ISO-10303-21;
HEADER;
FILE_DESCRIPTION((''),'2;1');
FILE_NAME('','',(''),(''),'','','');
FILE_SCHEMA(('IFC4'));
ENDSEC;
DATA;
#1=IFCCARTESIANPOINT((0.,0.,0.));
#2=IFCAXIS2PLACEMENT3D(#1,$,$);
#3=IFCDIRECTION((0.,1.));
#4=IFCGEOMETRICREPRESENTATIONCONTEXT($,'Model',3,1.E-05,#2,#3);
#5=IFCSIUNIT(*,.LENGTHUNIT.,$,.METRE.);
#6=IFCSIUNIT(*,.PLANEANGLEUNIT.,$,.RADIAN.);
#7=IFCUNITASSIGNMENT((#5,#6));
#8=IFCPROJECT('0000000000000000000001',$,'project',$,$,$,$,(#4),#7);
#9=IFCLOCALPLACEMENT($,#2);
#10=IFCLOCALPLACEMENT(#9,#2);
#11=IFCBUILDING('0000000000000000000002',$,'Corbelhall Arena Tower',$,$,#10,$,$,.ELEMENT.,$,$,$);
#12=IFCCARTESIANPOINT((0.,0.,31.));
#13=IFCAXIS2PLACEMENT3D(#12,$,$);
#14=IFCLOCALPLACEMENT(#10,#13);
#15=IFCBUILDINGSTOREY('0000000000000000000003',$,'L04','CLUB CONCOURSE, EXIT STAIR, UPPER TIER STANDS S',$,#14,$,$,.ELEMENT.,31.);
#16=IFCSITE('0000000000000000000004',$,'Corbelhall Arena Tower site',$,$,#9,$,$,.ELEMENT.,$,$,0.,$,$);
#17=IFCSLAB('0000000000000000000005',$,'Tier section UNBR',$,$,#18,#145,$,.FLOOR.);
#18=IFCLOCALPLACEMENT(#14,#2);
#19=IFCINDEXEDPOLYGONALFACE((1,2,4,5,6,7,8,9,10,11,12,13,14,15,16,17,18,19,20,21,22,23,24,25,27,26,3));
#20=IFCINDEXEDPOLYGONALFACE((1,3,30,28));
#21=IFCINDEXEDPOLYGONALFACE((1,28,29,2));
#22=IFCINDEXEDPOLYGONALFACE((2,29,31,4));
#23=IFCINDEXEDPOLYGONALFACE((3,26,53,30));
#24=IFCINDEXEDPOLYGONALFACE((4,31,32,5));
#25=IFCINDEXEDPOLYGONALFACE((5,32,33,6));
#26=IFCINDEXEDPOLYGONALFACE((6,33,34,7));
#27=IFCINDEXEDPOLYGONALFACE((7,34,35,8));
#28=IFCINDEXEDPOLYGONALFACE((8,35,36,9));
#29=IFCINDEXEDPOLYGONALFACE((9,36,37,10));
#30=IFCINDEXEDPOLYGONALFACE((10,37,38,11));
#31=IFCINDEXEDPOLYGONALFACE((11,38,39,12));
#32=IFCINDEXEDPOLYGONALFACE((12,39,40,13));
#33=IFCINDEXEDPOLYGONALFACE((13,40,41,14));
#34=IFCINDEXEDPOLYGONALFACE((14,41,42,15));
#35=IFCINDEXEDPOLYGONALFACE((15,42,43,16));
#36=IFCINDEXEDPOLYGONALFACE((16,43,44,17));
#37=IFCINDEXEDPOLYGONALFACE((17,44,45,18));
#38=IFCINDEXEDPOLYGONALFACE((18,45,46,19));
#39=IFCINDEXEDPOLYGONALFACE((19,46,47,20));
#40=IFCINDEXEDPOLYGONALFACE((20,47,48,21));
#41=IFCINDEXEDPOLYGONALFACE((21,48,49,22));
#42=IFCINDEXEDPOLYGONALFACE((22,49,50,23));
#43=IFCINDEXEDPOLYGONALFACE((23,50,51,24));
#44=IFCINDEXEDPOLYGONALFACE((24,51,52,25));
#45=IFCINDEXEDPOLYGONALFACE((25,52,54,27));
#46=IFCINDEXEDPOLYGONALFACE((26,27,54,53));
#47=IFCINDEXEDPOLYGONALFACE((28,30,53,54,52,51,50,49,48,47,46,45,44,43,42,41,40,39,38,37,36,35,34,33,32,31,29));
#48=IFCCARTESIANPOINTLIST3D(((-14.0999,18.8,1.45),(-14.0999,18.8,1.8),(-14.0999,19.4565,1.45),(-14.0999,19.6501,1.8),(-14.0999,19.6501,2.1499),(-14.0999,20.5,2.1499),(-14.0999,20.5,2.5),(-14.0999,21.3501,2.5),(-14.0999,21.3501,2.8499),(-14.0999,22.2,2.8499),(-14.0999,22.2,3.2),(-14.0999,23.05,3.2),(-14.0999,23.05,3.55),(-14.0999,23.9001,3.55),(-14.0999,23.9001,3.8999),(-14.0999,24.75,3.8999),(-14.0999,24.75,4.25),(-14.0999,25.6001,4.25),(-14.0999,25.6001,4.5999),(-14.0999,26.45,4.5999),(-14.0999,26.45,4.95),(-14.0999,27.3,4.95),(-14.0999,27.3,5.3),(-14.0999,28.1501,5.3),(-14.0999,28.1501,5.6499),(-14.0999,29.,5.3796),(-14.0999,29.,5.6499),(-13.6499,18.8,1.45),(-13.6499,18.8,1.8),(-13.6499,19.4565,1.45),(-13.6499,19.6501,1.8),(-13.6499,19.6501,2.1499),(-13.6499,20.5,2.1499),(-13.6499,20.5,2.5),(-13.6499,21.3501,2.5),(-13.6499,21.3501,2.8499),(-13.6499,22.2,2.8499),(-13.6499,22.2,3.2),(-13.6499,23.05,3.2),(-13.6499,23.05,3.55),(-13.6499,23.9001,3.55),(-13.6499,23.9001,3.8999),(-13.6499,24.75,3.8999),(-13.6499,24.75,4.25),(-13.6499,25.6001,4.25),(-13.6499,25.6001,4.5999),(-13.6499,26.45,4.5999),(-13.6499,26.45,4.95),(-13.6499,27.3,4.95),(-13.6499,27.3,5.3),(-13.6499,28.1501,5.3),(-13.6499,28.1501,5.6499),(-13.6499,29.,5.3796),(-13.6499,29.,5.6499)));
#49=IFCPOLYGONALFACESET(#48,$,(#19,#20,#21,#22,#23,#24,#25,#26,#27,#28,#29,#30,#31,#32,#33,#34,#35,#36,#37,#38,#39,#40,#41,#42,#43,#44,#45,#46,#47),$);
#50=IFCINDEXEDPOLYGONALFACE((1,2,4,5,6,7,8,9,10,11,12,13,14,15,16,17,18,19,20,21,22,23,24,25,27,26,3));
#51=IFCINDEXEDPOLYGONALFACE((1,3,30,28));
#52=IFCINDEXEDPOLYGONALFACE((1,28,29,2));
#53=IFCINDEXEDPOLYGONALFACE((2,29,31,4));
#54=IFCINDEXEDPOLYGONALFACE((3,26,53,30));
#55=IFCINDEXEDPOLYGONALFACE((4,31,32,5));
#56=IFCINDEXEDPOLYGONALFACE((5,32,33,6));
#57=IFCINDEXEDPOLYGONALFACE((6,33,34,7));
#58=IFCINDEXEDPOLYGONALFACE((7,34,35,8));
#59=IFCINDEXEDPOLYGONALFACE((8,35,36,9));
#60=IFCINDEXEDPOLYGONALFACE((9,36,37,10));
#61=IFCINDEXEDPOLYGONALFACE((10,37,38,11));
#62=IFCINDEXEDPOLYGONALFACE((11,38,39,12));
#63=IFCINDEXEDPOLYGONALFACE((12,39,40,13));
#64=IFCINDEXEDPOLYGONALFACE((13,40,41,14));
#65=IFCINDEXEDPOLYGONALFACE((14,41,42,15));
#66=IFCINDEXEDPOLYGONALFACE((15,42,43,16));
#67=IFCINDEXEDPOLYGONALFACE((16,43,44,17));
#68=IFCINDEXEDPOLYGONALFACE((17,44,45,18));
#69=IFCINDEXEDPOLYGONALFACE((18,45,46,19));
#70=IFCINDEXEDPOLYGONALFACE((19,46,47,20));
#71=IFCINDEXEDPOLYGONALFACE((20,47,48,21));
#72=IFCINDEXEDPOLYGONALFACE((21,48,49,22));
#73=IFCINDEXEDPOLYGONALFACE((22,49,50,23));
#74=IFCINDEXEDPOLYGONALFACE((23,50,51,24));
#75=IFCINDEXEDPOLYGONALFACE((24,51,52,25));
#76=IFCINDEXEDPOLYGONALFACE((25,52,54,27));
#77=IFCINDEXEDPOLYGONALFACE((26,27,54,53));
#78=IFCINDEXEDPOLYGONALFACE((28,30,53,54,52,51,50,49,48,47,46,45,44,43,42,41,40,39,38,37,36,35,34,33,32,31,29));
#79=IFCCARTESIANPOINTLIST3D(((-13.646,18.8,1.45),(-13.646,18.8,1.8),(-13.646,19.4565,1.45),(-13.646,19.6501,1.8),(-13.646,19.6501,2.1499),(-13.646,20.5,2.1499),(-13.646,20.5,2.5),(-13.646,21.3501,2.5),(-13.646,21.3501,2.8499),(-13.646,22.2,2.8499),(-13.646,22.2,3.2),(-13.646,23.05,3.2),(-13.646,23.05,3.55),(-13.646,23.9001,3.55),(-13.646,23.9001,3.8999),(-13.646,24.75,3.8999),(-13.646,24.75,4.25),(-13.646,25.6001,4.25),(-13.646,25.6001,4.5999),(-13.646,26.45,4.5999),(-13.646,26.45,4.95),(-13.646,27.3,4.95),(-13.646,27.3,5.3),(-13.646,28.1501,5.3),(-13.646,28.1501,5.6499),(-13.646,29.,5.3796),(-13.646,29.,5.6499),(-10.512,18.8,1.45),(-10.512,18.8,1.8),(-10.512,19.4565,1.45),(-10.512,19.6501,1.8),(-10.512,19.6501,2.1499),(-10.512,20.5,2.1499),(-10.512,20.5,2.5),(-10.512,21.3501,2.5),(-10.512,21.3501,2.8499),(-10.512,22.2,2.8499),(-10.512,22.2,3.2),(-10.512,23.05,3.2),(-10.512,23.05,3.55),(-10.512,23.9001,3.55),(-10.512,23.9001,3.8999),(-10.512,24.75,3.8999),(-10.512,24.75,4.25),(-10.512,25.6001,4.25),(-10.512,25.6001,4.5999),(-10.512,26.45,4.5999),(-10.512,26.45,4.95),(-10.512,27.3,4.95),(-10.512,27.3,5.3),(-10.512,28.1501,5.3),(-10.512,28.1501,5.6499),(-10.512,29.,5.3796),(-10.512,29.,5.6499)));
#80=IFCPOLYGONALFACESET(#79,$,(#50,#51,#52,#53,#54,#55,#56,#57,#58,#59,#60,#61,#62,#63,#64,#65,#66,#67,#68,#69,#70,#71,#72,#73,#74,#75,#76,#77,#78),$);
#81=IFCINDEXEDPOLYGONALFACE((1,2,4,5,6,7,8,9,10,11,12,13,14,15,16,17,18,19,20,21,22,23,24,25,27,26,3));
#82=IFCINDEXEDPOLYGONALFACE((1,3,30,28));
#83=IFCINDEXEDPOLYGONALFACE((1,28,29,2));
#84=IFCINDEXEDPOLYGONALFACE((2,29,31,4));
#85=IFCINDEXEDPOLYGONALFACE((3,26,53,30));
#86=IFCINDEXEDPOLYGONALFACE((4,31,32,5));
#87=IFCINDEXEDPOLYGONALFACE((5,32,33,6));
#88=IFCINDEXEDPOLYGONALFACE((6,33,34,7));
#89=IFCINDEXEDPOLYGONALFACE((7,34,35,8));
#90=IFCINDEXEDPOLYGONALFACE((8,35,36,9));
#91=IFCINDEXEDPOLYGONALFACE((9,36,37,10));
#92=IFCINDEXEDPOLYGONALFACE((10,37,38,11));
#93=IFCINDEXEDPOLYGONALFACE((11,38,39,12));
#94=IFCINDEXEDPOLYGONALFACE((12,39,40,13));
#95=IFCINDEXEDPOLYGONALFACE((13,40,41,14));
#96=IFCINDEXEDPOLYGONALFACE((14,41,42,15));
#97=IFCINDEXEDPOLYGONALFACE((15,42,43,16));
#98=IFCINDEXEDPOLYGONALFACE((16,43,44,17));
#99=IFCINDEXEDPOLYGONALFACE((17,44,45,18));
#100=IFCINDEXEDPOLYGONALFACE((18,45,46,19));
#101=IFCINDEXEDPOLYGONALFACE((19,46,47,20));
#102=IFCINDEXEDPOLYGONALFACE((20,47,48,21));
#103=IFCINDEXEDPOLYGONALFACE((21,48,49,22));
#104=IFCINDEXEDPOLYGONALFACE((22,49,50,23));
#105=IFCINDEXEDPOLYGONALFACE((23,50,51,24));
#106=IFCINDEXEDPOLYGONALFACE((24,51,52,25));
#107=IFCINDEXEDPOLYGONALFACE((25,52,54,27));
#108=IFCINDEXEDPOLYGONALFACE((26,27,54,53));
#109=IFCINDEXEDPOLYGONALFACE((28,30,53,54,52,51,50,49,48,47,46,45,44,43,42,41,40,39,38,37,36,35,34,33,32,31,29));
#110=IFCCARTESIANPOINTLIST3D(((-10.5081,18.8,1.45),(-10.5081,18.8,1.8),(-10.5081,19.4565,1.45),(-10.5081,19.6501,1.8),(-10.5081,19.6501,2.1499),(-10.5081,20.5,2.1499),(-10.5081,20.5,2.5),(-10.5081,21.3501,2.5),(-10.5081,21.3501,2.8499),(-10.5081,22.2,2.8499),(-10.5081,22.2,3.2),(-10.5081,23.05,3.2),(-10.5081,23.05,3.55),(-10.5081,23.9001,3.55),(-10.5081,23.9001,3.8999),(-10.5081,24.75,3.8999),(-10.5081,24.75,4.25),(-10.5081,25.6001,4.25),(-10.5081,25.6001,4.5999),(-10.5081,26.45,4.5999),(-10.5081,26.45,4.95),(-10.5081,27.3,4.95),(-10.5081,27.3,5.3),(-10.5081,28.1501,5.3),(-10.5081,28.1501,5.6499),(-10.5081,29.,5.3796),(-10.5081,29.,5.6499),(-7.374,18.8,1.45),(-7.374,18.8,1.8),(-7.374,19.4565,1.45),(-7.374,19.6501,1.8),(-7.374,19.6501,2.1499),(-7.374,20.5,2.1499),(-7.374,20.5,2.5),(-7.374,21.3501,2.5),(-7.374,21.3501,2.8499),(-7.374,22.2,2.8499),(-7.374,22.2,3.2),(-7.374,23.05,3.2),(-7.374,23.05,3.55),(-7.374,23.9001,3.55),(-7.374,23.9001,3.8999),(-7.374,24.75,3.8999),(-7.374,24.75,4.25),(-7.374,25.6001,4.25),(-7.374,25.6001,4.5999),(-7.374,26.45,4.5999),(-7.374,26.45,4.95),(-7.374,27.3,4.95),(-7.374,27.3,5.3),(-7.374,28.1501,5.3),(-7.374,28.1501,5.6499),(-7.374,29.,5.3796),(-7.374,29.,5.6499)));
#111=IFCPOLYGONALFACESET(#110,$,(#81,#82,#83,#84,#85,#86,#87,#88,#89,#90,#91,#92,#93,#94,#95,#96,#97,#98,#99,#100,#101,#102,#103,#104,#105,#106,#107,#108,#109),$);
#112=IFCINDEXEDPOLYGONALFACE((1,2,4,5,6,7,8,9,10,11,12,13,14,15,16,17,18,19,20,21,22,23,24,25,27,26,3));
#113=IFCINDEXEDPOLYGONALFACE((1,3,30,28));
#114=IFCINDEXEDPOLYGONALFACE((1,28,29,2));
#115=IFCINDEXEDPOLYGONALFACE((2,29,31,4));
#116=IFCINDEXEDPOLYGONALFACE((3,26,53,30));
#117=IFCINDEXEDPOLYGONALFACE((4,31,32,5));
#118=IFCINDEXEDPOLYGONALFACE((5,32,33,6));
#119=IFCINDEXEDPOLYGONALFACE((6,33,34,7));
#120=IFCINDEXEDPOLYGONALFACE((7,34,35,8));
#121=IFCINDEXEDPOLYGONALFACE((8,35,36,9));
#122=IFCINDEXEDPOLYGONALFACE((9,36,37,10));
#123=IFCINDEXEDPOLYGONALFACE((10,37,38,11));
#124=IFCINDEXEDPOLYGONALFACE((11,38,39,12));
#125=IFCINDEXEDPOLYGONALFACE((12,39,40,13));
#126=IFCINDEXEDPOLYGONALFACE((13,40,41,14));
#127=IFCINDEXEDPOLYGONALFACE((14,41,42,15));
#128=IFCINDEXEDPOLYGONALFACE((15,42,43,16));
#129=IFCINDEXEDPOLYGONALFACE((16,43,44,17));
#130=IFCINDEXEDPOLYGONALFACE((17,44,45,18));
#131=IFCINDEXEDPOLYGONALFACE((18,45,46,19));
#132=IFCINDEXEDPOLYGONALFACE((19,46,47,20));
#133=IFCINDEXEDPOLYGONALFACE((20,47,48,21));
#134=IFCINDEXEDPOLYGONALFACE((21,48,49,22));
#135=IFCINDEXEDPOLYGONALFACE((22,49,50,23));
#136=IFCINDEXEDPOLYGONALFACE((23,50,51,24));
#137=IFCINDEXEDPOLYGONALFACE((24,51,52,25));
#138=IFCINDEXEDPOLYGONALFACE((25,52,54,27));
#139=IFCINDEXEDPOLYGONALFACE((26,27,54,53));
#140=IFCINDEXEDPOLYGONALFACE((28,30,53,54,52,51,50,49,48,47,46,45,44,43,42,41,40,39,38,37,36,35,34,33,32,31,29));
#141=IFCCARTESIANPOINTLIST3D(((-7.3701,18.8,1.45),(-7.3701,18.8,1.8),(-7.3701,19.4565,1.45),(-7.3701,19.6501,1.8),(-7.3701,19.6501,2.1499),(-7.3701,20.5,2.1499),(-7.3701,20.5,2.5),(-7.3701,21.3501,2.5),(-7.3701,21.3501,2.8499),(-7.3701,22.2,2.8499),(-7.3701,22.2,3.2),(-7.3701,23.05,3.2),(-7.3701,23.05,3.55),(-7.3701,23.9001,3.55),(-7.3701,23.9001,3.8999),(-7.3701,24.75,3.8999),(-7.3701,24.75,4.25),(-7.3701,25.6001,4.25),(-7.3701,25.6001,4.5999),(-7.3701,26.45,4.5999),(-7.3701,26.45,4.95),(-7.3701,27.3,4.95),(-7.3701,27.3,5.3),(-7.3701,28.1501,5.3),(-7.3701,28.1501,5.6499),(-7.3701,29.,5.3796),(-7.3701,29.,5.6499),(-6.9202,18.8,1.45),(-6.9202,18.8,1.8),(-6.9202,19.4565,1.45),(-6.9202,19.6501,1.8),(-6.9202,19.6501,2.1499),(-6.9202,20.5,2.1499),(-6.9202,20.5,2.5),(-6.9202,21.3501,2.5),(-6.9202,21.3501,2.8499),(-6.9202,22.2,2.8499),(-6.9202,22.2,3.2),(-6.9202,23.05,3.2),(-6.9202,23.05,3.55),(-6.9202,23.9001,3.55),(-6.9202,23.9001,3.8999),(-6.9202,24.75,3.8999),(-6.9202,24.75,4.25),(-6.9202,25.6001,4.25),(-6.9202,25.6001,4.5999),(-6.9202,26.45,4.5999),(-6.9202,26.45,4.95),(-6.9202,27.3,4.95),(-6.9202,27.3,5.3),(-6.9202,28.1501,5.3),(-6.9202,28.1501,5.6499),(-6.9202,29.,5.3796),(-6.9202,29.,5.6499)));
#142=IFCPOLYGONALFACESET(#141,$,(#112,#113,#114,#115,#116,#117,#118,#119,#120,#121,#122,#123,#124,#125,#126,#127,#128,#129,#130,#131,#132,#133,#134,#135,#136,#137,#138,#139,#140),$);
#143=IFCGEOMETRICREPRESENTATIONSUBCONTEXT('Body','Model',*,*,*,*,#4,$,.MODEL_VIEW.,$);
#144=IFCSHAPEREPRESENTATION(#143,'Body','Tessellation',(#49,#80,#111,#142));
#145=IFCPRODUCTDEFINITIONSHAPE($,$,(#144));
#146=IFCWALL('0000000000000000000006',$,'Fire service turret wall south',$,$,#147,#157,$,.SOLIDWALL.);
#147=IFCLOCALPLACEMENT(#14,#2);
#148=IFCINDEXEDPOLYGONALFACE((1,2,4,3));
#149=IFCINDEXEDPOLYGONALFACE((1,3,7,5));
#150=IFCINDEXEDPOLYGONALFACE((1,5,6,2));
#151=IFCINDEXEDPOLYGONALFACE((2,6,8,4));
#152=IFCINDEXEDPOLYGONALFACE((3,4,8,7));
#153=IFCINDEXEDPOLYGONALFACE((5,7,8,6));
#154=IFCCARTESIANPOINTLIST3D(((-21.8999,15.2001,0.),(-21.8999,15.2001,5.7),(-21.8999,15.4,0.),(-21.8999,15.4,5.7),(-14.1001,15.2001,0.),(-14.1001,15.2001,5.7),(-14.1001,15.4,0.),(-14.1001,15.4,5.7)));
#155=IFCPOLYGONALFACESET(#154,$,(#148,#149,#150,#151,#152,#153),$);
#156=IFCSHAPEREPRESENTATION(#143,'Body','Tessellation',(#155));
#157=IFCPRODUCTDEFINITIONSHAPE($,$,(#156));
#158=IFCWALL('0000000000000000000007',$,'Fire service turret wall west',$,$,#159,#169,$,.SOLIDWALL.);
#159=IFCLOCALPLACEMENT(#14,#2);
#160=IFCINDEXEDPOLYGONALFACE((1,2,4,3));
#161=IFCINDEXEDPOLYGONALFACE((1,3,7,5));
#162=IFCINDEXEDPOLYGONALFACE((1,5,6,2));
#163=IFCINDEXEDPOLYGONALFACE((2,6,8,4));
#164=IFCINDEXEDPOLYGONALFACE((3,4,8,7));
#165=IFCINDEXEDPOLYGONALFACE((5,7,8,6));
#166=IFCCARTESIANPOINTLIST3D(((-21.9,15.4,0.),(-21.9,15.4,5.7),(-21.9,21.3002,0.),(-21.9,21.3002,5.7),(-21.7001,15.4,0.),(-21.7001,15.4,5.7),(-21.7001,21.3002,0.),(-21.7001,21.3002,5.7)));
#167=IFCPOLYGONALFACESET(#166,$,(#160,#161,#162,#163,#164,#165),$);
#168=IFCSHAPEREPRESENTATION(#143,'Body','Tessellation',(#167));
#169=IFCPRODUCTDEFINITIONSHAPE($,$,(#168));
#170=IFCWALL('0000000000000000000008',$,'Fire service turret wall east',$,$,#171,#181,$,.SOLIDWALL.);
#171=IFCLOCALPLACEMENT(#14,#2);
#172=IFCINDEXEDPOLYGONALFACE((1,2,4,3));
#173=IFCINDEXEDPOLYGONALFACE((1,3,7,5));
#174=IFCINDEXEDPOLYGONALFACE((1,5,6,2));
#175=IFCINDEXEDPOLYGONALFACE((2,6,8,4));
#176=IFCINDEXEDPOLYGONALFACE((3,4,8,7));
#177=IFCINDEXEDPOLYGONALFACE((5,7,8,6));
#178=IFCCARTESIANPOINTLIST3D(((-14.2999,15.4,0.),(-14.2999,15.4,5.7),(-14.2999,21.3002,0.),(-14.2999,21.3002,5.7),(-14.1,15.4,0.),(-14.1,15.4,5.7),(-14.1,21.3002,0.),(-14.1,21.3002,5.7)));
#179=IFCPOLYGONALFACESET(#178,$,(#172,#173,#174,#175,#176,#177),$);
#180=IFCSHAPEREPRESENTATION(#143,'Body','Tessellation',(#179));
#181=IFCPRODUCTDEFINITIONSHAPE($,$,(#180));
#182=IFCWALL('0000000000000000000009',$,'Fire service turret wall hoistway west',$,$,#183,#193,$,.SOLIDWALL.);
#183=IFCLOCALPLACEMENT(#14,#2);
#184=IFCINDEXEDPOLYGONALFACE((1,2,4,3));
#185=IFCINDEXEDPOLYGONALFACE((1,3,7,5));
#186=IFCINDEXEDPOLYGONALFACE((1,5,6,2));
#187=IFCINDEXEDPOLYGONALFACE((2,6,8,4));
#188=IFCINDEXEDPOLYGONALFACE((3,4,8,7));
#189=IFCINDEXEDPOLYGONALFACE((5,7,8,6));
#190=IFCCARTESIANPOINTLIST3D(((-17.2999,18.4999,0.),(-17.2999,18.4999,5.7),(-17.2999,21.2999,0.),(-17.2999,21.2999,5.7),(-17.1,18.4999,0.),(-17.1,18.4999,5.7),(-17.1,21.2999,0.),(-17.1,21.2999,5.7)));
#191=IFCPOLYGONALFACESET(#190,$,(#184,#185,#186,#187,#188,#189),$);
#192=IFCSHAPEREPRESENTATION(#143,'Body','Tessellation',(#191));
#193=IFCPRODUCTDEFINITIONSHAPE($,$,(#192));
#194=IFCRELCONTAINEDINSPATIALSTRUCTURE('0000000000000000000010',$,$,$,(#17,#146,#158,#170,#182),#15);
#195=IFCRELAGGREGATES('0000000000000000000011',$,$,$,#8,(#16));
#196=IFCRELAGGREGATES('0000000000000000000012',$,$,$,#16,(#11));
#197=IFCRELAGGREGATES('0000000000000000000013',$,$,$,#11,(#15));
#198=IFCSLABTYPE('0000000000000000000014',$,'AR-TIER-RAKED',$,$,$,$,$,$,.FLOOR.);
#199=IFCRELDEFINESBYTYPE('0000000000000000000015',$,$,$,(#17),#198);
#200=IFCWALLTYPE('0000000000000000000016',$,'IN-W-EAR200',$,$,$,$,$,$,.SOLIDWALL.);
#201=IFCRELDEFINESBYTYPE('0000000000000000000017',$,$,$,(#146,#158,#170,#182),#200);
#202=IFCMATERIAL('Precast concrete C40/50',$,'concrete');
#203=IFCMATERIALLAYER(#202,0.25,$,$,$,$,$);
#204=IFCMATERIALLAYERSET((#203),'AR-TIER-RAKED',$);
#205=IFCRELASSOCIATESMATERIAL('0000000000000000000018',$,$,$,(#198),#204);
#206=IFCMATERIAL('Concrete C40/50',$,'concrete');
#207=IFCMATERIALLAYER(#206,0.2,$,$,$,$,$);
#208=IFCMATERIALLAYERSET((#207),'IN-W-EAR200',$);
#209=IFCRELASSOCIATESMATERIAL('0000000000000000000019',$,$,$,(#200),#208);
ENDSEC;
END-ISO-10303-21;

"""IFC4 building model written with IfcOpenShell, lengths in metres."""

from ifc_helpers import new_model, si_unit, direction, frame, frame_2d, origin, place, context, subcontext, project, spatial, polyline, rectangle, outline, extrude, material, layer, layer_set, type_object, element, save


model = new_model("IFC4")

# Units and contexts
model_context = context("Model", 3, precision=1e-05, world=origin(), true_north=direction((0.0, 1.0)))
body_context = subcontext(model_context, "Body", "Model", "MODEL_VIEW")
ifc_project = project(units=[si_unit("LENGTHUNIT", "METRE"), si_unit("PLANEANGLEUNIT", "RADIAN")], contexts=[model_context])

# Site, building, storey
site_placement = place(None, origin())
site = spatial("IfcSite", under=ifc_project, at=site_placement, Name="Corbelhall Arena Tower site", CompositionType="ELEMENT", RefElevation=0.0)
building_placement = place(site_placement, origin())
building = spatial("IfcBuilding", under=site, at=building_placement, Name="Corbelhall Arena Tower", CompositionType="ELEMENT")
storey_placement = place(building_placement, frame((0.0, 0.0, 31.0)))
storey = spatial("IfcBuildingStorey", under=building, at=storey_placement, Name="L04", Description="CLUB CONCOURSE, EXIT STAIR, UPPER TIER STANDS S", CompositionType="ELEMENT", Elevation=31.0)

# Shared definitions
ifc_material_1 = material(Name="Precast concrete C40/50", Category="concrete")

# Slab
ifc_layer_1 = layer(ifc_material_1, 0.25)
ifc_layer_set_1 = layer_set([ifc_layer_1], Name="AR-TIER-RAKED")
slab_type_1 = type_object("IfcSlabType", Name="AR-TIER-RAKED", PredefinedType="FLOOR", material=ifc_layer_set_1)
slab_1_placement = place(storey_placement, frame((-10.51, 18.8, 1.45), z_axis=(0.0, 0.0, 1.0), x_axis=(0.0, 1.0, 0.0)))
element("IfcSlab", 1, at=slab_1_placement, inside=storey, type_object=slab_type_1, Name="Tier section UNBR", PredefinedType="FLOOR", context=body_context, shape_type="SweptSolid", body=[
    extrude(outline(polyline([(0.0, 0.0), (0.0, 0.3501), (0.8501, 0.3501), (0.8501, 0.7), (1.7, 0.7), (1.7, 1.05), (2.55, 1.05), (2.55, 1.3999), (3.3999, 1.3999), (3.3999, 1.75), (4.25, 1.75), (4.25, 2.1001), (5.1001, 2.1001), (5.1001, 2.45), (5.95, 2.45), (5.95, 2.8), (6.8, 2.8), (6.8, 3.1499), (7.6499, 3.1499), (7.6499, 3.5), (8.5, 3.5), (8.5, 3.8501), (9.3501, 3.8501), (9.3501, 4.2), (10.2, 4.2), (10.2, 4.55), (10.2, 3.9297), (0.6565, 0.0), (0.0, 0.0)])), frame((0.0, 3.5898, 0.0), z_axis=(0.0, -1.0, 0.0), x_axis=(1.0, 0.0, 0.0)), (0.0, 0.0, 1.0), 0.45),
    extrude(outline(polyline([(0.0, 0.0), (0.0, 0.3501), (0.8501, 0.3501), (0.8501, 0.7), (1.7, 0.7), (1.7, 1.05), (2.55, 1.05), (2.55, 1.3999), (3.3999, 1.3999), (3.3999, 1.75), (4.25, 1.75), (4.25, 2.1001), (5.1001, 2.1001), (5.1001, 2.45), (5.95, 2.45), (5.95, 2.8), (6.8, 2.8), (6.8, 3.1499), (7.6499, 3.1499), (7.6499, 3.5), (8.5, 3.5), (8.5, 3.8501), (9.3501, 3.8501), (9.3501, 4.2), (10.2, 4.2), (10.2, 4.55), (10.2, 3.9297), (0.6565, 0.0), (0.0, 0.0)])), frame((0.0, 3.136, 0.0), z_axis=(0.0, -1.0, 0.0), x_axis=(1.0, 0.0, 0.0)), (0.0, 0.0, 1.0), 3.134),
    extrude(outline(polyline([(0.0, 0.0), (0.0, 0.3501), (0.8501, 0.3501), (0.8501, 0.7), (1.7, 0.7), (1.7, 1.05), (2.55, 1.05), (2.55, 1.3999), (3.3999, 1.3999), (3.3999, 1.75), (4.25, 1.75), (4.25, 2.1001), (5.1001, 2.1001), (5.1001, 2.45), (5.95, 2.45), (5.95, 2.8), (6.8, 2.8), (6.8, 3.1499), (7.6499, 3.1499), (7.6499, 3.5), (8.5, 3.5), (8.5, 3.8501), (9.3501, 3.8501), (9.3501, 4.2), (10.2, 4.2), (10.2, 4.55), (10.2, 3.9297), (0.6565, 0.0), (0.0, 0.0)])), frame((0.0, -0.002, 0.0), z_axis=(0.0, -1.0, 0.0), x_axis=(1.0, 0.0, 0.0)), (0.0, 0.0, 1.0), 3.134),
    extrude(outline(polyline([(0.0, 0.0), (0.0, 0.3501), (0.8501, 0.3501), (0.8501, 0.7), (1.7, 0.7), (1.7, 1.05), (2.55, 1.05), (2.55, 1.3999), (3.3999, 1.3999), (3.3999, 1.75), (4.25, 1.75), (4.25, 2.1001), (5.1001, 2.1001), (5.1001, 2.45), (5.95, 2.45), (5.95, 2.8), (6.8, 2.8), (6.8, 3.1499), (7.6499, 3.1499), (7.6499, 3.5), (8.5, 3.5), (8.5, 3.8501), (9.3501, 3.8501), (9.3501, 4.2), (10.2, 4.2), (10.2, 4.55), (10.2, 3.9297), (0.6565, 0.0), (0.0, 0.0)])), frame((0.0, -3.1399, 0.0), z_axis=(0.0, -1.0, 0.0), x_axis=(1.0, 0.0, 0.0)), (0.0, 0.0, 1.0), 0.45),
])

# Walls
ifc_material_2 = material(Name="Concrete C40/50", Category="concrete")
ifc_layer_2 = layer(ifc_material_2, 0.2)
ifc_layer_set_2 = layer_set([ifc_layer_2], Name="IN-W-EAR200")
wall_type = type_object("IfcWallType", Name="IN-W-EAR200", PredefinedType="SOLIDWALL", material=ifc_layer_set_2)
wall_1_placement = place(storey_placement, frame((-21.8999, 15.3, 0.0), z_axis=(0.0, 0.0, 1.0), x_axis=(1.0, 0.0, 0.0)))
element("IfcWall", 2, at=wall_1_placement, inside=storey, type_object=wall_type, Name="Fire service turret wall south", PredefinedType="SOLIDWALL", context=body_context, shape_type="SweptSolid", body=[
    extrude(rectangle(XDim=7.7998, YDim=0.2, at=frame_2d((3.8999, 0.0))), origin(), (0.0, 0.0, 1.0), 5.7),
])
for number, where, z_axis, x_axis, name in (
    (3, (-21.8, 15.3999, 0.0), (0.0, 0.0, 1.0), (0.0, 1.0, 0.0), "Fire service turret wall west"),
    (4, (-14.2, 15.3999, 0.0), (0.0, 0.0, 1.0), (0.0, 1.0, 0.0), "Fire service turret wall east"),
):
    element("IfcWall", number, at=place(storey_placement, frame(where, z_axis=z_axis, x_axis=x_axis)), inside=storey, type_object=wall_type, Name=name, PredefinedType="SOLIDWALL", context=body_context, shape_type="SweptSolid", body=[
        extrude(rectangle(XDim=5.9001, YDim=0.2, at=frame_2d((2.9502, 0.0))), origin(), (0.0, 0.0, 1.0), 5.7),
    ])

# Wall
wall_2_placement = place(storey_placement, frame((-17.2, 18.5, 0.0), z_axis=(0.0, 0.0, 1.0), x_axis=(0.0, 1.0, 0.0)))
element("IfcWall", 5, at=wall_2_placement, inside=storey, type_object=wall_type, Name="Fire service turret wall hoistway west", PredefinedType="SOLIDWALL", context=body_context, shape_type="SweptSolid", body=[
    extrude(rectangle(XDim=2.8, YDim=0.2, at=frame_2d((1.3999, 0.0))), origin(), (0.0, 0.0, 1.0), 5.7),
])

save(model, "model.ifc")
